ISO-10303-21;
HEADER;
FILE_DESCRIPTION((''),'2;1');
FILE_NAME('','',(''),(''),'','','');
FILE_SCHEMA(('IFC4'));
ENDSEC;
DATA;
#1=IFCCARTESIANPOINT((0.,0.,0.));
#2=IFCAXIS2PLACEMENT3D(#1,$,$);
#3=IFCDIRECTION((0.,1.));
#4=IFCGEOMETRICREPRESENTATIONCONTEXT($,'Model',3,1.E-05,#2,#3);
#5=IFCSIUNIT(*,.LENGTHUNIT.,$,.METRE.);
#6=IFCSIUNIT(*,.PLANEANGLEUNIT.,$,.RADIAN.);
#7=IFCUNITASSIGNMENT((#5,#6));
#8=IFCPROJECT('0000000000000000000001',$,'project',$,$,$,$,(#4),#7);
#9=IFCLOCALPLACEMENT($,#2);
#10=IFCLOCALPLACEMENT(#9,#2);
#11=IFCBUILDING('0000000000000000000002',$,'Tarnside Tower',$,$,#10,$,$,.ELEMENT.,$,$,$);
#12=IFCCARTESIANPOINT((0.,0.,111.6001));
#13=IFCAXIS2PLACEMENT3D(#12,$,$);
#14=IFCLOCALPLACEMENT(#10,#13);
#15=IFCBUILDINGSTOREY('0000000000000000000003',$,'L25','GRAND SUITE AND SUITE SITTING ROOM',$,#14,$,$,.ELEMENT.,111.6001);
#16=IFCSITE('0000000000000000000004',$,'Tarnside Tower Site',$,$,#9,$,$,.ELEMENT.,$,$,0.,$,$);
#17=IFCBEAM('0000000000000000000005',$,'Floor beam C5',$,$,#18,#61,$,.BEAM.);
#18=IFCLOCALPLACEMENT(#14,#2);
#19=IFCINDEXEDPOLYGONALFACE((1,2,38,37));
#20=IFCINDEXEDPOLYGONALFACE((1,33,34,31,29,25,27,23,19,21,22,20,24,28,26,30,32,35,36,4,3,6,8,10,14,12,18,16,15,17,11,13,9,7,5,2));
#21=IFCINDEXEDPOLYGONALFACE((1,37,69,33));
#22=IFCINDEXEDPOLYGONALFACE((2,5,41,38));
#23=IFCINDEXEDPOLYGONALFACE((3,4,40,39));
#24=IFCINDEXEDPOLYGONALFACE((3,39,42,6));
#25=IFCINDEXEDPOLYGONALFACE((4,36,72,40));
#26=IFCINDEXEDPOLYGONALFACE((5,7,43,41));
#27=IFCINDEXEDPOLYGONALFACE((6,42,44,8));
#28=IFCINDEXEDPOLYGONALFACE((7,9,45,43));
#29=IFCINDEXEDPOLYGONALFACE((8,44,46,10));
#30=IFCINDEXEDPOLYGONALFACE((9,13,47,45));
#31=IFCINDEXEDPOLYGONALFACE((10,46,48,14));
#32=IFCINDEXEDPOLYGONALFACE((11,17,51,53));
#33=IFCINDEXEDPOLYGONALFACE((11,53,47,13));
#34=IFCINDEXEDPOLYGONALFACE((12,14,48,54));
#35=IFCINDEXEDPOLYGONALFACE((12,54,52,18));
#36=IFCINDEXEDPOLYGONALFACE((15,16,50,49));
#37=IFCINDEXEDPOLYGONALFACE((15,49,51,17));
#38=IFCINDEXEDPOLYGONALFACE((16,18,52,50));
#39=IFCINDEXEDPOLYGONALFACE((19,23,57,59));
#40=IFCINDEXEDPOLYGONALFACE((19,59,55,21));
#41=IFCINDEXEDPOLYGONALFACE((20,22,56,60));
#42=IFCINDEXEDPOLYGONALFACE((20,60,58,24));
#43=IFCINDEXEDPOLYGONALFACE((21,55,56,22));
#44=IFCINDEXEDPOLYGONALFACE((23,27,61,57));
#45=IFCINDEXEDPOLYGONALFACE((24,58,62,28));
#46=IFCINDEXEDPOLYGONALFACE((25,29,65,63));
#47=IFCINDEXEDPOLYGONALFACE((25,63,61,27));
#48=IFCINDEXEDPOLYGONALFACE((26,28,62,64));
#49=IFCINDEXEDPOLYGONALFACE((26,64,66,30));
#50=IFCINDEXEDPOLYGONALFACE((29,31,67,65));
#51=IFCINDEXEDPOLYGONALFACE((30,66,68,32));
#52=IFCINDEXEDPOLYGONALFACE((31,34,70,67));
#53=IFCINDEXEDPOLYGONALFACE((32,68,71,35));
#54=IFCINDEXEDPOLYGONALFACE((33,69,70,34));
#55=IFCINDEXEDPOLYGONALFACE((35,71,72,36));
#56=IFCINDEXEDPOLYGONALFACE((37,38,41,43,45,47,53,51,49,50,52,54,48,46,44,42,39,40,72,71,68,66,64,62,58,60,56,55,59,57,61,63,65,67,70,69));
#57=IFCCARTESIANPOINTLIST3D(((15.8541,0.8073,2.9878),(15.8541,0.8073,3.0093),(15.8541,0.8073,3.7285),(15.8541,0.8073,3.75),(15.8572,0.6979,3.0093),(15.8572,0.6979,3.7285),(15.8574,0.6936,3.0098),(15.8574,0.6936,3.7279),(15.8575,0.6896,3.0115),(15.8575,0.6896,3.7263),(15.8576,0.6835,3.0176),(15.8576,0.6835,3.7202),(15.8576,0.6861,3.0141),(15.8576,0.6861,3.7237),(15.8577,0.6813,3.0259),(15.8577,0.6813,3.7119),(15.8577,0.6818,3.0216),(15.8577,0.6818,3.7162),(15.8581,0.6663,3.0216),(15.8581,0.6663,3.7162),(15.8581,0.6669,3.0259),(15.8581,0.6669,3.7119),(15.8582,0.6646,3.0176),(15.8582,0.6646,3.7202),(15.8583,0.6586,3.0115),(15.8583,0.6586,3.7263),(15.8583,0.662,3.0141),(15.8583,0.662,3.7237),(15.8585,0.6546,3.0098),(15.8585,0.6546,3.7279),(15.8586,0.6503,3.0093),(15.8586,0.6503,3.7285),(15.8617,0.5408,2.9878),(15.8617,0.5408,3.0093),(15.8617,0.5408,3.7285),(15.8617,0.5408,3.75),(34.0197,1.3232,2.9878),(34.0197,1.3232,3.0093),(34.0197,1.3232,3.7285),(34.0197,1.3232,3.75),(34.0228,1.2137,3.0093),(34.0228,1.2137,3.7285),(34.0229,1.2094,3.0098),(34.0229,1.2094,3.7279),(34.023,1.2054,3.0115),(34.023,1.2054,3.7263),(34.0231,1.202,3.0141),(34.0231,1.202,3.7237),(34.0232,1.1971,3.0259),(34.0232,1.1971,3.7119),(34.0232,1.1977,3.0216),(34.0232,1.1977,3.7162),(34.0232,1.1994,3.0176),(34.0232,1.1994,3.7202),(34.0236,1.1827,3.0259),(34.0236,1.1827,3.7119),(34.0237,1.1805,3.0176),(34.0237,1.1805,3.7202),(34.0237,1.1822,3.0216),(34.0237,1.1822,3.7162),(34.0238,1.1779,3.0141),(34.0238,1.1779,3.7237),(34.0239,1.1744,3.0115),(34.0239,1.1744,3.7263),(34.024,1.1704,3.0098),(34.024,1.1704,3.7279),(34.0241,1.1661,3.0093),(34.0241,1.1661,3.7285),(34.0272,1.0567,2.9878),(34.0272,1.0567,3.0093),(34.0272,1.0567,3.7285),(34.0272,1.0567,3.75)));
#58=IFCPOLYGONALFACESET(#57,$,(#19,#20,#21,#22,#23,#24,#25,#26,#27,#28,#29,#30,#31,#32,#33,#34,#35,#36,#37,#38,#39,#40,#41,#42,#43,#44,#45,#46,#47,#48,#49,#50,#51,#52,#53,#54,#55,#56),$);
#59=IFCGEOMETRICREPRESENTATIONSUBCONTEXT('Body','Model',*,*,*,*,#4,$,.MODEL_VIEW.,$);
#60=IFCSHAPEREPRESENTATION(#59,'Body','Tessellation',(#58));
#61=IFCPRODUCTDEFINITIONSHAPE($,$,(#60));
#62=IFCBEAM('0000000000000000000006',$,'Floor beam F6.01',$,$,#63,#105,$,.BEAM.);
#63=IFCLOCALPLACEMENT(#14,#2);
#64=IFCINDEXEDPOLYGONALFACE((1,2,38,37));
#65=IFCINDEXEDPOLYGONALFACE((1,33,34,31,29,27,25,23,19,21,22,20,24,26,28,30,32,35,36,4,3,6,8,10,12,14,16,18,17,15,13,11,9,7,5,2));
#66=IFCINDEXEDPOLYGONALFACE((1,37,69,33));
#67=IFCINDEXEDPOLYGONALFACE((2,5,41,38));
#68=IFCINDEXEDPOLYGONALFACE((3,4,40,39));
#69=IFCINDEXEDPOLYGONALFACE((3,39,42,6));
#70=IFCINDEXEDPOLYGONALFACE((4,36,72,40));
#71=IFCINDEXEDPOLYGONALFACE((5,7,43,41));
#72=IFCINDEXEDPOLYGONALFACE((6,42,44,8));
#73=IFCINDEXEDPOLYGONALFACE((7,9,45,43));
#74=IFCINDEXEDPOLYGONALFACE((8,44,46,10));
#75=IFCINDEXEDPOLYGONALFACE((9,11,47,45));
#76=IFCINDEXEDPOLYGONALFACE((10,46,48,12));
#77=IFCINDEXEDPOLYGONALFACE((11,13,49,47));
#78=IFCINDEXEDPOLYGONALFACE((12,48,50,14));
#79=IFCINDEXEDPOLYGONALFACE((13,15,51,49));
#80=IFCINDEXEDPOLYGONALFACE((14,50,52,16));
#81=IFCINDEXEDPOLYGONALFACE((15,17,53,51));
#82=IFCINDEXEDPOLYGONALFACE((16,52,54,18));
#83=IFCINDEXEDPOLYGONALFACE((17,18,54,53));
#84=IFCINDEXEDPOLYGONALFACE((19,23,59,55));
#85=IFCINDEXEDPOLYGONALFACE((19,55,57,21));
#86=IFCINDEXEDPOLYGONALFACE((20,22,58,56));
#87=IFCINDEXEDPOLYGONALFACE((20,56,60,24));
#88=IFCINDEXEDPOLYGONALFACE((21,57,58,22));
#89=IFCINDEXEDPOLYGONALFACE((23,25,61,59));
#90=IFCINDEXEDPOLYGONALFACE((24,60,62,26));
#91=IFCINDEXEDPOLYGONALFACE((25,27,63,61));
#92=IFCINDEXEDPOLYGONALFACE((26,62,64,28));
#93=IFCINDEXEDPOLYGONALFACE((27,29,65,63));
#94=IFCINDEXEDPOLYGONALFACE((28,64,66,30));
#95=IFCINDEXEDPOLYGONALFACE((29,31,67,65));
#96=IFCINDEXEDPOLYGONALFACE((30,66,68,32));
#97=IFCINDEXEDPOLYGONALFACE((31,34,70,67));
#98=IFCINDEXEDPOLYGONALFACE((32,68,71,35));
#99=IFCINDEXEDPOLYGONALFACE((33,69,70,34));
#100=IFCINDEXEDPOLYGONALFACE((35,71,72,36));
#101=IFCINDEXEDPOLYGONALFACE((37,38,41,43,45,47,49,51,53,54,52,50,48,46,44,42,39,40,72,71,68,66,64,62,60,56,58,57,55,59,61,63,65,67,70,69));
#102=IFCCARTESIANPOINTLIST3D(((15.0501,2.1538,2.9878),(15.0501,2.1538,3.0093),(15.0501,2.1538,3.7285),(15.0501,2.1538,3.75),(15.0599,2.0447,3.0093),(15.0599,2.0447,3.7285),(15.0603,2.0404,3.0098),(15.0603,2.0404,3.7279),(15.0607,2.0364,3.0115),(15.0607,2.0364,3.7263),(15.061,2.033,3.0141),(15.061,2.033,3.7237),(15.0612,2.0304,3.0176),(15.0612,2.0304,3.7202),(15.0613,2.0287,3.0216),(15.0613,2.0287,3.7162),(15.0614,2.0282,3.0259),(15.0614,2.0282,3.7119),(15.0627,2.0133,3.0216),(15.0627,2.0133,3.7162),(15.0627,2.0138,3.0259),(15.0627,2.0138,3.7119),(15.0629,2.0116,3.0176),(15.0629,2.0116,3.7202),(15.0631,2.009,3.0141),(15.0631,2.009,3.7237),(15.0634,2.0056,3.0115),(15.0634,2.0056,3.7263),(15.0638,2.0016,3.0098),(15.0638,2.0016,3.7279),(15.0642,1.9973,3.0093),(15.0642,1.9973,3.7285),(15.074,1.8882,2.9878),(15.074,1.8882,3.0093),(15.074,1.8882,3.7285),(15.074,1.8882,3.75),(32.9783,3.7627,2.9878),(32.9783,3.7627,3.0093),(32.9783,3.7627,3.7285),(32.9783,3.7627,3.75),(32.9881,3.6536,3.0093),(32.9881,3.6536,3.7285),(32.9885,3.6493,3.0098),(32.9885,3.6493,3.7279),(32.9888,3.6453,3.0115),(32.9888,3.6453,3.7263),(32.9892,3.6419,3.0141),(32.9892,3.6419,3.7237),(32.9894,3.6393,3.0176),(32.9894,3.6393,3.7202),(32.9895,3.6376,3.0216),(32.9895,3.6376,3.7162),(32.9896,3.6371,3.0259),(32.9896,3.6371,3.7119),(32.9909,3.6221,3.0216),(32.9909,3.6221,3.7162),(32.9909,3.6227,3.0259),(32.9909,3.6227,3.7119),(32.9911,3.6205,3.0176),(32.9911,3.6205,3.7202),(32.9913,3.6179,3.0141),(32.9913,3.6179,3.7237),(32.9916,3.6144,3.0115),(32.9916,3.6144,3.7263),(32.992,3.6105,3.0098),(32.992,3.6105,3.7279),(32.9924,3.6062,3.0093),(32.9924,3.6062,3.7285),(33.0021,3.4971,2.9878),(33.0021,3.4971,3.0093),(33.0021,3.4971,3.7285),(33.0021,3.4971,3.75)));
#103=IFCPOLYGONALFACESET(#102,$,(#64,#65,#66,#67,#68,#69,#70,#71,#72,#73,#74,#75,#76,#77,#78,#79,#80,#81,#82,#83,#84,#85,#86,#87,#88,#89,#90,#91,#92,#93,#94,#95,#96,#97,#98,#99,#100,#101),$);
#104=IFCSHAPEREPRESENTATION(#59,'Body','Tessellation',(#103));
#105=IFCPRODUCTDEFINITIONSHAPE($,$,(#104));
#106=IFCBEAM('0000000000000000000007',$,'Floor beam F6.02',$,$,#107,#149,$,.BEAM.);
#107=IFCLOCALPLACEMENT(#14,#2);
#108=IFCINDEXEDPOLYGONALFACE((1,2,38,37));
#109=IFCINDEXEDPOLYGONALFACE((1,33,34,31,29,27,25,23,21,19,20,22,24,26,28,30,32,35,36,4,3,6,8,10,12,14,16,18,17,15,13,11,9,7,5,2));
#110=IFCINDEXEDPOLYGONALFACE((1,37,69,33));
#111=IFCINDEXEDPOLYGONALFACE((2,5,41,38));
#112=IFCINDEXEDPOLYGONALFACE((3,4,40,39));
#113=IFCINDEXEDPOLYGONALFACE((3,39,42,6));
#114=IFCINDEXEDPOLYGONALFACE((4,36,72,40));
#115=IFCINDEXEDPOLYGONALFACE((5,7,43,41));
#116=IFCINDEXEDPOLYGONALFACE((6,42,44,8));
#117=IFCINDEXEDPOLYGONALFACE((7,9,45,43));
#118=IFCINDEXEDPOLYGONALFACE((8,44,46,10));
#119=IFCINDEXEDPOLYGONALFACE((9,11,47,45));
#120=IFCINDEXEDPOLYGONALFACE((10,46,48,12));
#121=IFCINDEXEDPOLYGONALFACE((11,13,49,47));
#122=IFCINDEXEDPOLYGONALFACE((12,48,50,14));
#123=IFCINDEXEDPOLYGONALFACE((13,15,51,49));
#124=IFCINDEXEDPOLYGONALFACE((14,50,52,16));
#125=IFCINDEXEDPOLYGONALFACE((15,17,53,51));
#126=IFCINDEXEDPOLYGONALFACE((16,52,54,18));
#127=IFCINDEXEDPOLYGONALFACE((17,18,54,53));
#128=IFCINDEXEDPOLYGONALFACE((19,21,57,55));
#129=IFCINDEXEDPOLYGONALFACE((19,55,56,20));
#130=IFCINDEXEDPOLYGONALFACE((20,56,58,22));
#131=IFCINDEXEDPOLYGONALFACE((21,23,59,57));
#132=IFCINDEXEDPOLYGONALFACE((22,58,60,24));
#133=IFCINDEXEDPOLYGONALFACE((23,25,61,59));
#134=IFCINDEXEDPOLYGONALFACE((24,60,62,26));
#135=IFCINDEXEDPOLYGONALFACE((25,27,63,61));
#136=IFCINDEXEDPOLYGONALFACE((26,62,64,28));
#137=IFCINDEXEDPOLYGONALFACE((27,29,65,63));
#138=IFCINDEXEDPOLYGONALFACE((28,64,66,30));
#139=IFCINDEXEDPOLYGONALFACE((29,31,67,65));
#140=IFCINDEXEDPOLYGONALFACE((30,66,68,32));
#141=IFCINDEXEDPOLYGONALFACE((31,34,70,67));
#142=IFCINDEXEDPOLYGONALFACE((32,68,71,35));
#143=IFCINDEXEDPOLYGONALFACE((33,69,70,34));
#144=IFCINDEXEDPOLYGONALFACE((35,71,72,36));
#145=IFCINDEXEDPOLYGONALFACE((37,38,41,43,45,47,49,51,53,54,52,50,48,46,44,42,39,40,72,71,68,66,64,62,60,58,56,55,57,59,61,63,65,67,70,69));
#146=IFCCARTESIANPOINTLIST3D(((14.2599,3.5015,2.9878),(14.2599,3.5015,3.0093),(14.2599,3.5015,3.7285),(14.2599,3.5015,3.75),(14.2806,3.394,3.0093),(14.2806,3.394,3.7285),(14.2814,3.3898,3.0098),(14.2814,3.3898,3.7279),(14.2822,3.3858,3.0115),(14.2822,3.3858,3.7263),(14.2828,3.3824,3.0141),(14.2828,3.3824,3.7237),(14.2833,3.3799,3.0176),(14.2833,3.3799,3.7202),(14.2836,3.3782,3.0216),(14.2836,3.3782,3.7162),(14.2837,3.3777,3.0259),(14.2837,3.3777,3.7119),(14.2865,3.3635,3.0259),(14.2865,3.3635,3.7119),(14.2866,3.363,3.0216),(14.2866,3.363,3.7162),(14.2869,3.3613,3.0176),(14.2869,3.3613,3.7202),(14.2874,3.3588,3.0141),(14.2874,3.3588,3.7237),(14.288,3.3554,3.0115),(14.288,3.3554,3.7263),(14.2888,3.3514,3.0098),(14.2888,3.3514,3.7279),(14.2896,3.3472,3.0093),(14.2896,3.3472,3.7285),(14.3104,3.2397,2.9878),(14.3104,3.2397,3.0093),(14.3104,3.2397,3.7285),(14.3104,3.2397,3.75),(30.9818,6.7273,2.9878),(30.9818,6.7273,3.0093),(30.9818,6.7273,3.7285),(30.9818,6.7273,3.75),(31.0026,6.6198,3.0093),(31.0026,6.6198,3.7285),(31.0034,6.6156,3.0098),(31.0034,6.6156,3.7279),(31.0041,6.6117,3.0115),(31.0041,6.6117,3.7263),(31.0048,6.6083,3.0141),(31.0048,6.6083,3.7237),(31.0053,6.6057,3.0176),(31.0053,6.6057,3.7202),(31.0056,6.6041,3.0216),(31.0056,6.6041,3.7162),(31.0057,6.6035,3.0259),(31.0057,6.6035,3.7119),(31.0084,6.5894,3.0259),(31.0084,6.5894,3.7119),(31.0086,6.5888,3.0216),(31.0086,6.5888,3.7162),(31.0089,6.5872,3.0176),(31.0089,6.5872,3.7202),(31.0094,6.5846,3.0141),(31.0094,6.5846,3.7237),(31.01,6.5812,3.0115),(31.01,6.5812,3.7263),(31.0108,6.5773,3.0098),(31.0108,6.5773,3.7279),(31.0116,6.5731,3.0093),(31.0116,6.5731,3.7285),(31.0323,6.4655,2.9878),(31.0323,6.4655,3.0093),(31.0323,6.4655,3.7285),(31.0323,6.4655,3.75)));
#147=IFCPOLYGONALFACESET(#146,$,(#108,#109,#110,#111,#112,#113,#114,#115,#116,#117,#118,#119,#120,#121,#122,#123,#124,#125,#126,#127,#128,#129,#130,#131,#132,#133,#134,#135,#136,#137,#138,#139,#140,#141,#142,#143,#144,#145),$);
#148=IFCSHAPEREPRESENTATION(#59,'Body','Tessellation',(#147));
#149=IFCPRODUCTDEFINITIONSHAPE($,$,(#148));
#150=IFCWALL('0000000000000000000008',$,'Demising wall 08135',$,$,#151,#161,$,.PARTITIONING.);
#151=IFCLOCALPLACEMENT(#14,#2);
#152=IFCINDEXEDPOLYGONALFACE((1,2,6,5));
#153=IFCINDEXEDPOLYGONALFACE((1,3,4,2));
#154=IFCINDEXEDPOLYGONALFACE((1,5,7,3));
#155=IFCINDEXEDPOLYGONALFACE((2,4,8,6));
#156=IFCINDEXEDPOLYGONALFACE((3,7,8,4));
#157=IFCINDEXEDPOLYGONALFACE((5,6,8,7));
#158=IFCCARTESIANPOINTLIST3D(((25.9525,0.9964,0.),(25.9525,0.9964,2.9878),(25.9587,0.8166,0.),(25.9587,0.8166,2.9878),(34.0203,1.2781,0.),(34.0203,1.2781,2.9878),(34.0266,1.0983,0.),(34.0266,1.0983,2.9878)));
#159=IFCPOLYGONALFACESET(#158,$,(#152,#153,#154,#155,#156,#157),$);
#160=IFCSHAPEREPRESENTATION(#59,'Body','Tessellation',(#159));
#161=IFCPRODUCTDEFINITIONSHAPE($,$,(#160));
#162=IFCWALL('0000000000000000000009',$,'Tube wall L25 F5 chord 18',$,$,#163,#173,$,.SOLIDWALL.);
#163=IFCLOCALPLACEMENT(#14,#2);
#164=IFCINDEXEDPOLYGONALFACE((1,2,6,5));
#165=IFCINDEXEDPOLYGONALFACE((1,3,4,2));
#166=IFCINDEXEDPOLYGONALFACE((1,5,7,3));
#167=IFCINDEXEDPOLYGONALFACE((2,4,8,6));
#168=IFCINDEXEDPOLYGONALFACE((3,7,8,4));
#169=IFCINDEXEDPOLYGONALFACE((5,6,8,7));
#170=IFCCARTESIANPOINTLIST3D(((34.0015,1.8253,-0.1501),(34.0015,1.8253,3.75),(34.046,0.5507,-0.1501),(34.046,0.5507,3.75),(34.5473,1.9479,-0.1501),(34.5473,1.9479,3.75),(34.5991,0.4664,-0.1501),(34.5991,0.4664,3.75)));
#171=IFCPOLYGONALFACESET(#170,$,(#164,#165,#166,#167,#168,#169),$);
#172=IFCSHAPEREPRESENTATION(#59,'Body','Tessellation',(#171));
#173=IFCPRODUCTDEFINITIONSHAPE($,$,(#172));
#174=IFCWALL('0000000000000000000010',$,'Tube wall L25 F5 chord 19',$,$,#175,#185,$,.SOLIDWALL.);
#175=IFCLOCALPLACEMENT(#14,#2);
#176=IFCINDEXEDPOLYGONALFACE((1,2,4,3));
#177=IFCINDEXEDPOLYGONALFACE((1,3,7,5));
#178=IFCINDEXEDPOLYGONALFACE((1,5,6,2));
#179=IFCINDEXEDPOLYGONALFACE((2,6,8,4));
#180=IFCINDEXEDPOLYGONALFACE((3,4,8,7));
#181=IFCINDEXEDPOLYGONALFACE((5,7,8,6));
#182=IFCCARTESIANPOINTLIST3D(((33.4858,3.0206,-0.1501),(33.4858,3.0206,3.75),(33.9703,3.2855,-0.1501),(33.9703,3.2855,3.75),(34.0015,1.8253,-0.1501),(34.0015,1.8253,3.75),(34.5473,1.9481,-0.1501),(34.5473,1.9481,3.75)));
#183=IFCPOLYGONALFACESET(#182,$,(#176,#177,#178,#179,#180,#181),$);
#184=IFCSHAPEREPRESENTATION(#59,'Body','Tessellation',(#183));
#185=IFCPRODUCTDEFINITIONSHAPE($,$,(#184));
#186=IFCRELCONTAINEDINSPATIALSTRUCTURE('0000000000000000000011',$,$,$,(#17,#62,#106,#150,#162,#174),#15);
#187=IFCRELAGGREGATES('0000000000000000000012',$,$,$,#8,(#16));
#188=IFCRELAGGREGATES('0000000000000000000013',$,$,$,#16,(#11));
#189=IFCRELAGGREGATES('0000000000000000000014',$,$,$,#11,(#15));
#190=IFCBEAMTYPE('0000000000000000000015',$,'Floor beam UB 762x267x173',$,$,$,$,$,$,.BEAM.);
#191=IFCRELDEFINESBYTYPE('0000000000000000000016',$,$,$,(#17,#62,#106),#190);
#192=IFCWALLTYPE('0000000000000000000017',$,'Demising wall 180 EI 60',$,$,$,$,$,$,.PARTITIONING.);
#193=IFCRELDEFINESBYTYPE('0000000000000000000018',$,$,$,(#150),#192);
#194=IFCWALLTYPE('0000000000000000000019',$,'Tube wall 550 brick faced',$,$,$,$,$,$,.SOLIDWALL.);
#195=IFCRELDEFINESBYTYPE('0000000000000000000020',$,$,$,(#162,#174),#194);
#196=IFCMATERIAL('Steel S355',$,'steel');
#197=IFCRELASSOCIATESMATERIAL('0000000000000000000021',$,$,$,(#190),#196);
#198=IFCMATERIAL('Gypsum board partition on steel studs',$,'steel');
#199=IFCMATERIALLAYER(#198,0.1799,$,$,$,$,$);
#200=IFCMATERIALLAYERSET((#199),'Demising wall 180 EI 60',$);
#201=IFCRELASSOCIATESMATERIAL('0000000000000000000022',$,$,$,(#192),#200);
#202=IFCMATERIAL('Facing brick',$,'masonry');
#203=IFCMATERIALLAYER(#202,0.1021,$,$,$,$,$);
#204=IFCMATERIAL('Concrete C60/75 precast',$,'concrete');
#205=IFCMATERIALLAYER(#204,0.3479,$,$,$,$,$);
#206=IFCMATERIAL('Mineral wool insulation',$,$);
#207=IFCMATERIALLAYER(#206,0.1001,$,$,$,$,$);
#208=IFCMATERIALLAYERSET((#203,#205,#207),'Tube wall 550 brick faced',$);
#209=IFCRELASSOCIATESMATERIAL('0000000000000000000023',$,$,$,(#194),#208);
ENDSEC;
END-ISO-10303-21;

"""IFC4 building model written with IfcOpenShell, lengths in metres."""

from ifc_helpers import new_model, si_unit, direction, frame, frame_2d, origin, origin_2d, place, context, subcontext, project, spatial, polyline, rectangle, i_section, outline, extrude, material, layer, layer_set, material_profile, profile_set, type_object, element, save


model = new_model("IFC4")

# Units and contexts
model_context = context("Model", 3, precision=1e-05, world=origin(), true_north=direction((0.0, 1.0)))
body_context = subcontext(model_context, "Body", "Model", "MODEL_VIEW")
ifc_project = project(units=[si_unit("LENGTHUNIT", "METRE"), si_unit("PLANEANGLEUNIT", "RADIAN")], contexts=[model_context])

# Site, building, storey
site_placement = place(None, origin())
site = spatial("IfcSite", under=ifc_project, at=site_placement, Name="Tarnside Tower Site", CompositionType="ELEMENT", RefElevation=0.0)
building_placement = place(site_placement, origin())
building = spatial("IfcBuilding", under=site, at=building_placement, Name="Tarnside Tower", CompositionType="ELEMENT")
storey_placement = place(building_placement, frame((0.0, 0.0, 111.6001)))
storey = spatial("IfcBuildingStorey", under=building, at=storey_placement, Name="L25", Description="GRAND SUITE AND SUITE SITTING ROOM", CompositionType="ELEMENT", Elevation=111.6001)

# Beams
ifc_material_1 = material(Name="Steel S355", Category="steel")
ifc_material_profile = material_profile(ifc_material_1, i_section(OverallWidth=0.2666, OverallDepth=0.7622, WebThickness=0.0144, FlangeThickness=0.0215, FilletRadius=0.0166, at=origin_2d()), Name="UB 762x267x173")
ifc_profile_set = profile_set([ifc_material_profile], Name="Steel S355")
beam_type = type_object("IfcBeamType", Name="Floor beam UB 762x267x173", PredefinedType="BEAM", material=ifc_profile_set)
beam_1_placement = place(storey_placement, frame((34.0234, 1.1899, 3.3689), z_axis=(-0.999597, -0.028387, 0.0), x_axis=(0.028387, -0.999597, 0.0)))
element("IfcBeam", 1, at=beam_1_placement, inside=storey, type_object=beam_type, Name="Floor beam C5", PredefinedType="BEAM", context=body_context, shape_type="SweptSolid", body=[
    extrude(i_section(OverallWidth=0.2666, OverallDepth=0.7622, WebThickness=0.0144, FlangeThickness=0.0215, FilletRadius=0.0166, at=origin_2d()), origin(), (0.0, 0.0, 1.0), 18.1729),
])
beam_2_placement = place(storey_placement, frame((32.9902, 3.6299, 3.3689), z_axis=(-0.995997, -0.089381, 0.0), x_axis=(0.089381, -0.995997, 0.0)))
element("IfcBeam", 2, at=beam_2_placement, inside=storey, type_object=beam_type, Name="Floor beam F6.01", PredefinedType="BEAM", context=body_context, shape_type="SweptSolid", body=[
    extrude(i_section(OverallWidth=0.2666, OverallDepth=0.7622, WebThickness=0.0144, FlangeThickness=0.0215, FilletRadius=0.0166, at=origin_2d()), origin(), (0.0, 0.0, 1.0), 18.0002),
])
beam_3_placement = place(storey_placement, frame((31.0071, 6.5964, 3.3689), z_axis=(-0.981897, -0.189418, 0.0), x_axis=(0.189418, -0.981897, 0.0)))
element("IfcBeam", 3, at=beam_3_placement, inside=storey, type_object=beam_type, Name="Floor beam F6.02", PredefinedType="BEAM", context=body_context, shape_type="SweptSolid", body=[
    extrude(i_section(OverallWidth=0.2666, OverallDepth=0.7622, WebThickness=0.0144, FlangeThickness=0.0215, FilletRadius=0.0166, at=origin_2d()), origin(), (0.0, 0.0, 1.0), 17.0303),
])

# Walls
ifc_material_2 = material(Name="Gypsum board partition on steel studs", Category="steel")
ifc_layer_1 = layer(ifc_material_2, 0.1799)
ifc_layer_set_1 = layer_set([ifc_layer_1], Name="Demising wall 180 EI 60")
wall_type_1 = type_object("IfcWallType", Name="Demising wall 180 EI 60", PredefinedType="PARTITIONING", material=ifc_layer_set_1)
wall_1_placement = place(storey_placement, frame((34.0234, 1.1882, 0.0), z_axis=(0.0, 0.0, 1.0), x_axis=(-0.999391, -0.0349, 0.0)))
element("IfcWall", 4, at=wall_1_placement, inside=storey, type_object=wall_type_1, Name="Demising wall 08135", PredefinedType="PARTITIONING", context=body_context, shape_type="SweptSolid", body=[
    extrude(rectangle(XDim=8.0728, YDim=0.1799, at=frame_2d((4.0364, 0.0))), origin(), (0.0, 0.0, 1.0), 2.9878),
])
ifc_material_3 = material(Name="Facing brick", Category="masonry")
ifc_layer_2 = layer(ifc_material_3, 0.1021)
ifc_material_4 = material(Name="Concrete C60/75 precast", Category="concrete")
ifc_layer_3 = layer(ifc_material_4, 0.3479)
ifc_material_5 = material(Name="Mineral wool insulation")
ifc_layer_4 = layer(ifc_material_5, 0.1001)
ifc_layer_set_2 = layer_set([ifc_layer_2, ifc_layer_3, ifc_layer_4], Name="Tube wall 550 brick faced")
wall_type_2 = type_object("IfcWallType", Name="Tube wall 550 brick faced", PredefinedType="SOLIDWALL", material=ifc_layer_set_2)
wall_2_placement = place(storey_placement, frame((34.3225, 0.5085, -0.1501), z_axis=(0.0, 0.0, 1.0), x_axis=(-0.034877, 0.999392, 0.0)))
element("IfcWall", 5, at=wall_2_placement, inside=storey, type_object=wall_type_2, Name="Tube wall L25 F5 chord 18", PredefinedType="SOLIDWALL", context=body_context, shape_type="SweptSolid", body=[
    extrude(outline(polyline([(-0.0518, -0.2749), (1.4307, -0.2749), (1.3271, 0.2749), (0.0518, 0.2749), (-0.0518, -0.2749)])), origin(), (0.0, 0.0, 1.0), 3.9001),
])
wall_3_placement = place(storey_placement, frame((34.2744, 1.8867, -0.1501), z_axis=(0.0, 0.0, 1.0), x_axis=(-0.396161, 0.918181, 0.0)))
element("IfcWall", 6, at=wall_3_placement, inside=storey, type_object=wall_type_2, Name="Tube wall L25 F5 chord 19", PredefinedType="SOLIDWALL", context=body_context, shape_type="SweptSolid", body=[
    extrude(outline(polyline([(-0.0518, -0.2749), (1.4048, -0.2749), (1.3535, 0.2749), (0.0518, 0.2749), (-0.0518, -0.2749)])), origin(), (0.0, 0.0, 1.0), 3.9001),
])

save(model, "model.ifc")
